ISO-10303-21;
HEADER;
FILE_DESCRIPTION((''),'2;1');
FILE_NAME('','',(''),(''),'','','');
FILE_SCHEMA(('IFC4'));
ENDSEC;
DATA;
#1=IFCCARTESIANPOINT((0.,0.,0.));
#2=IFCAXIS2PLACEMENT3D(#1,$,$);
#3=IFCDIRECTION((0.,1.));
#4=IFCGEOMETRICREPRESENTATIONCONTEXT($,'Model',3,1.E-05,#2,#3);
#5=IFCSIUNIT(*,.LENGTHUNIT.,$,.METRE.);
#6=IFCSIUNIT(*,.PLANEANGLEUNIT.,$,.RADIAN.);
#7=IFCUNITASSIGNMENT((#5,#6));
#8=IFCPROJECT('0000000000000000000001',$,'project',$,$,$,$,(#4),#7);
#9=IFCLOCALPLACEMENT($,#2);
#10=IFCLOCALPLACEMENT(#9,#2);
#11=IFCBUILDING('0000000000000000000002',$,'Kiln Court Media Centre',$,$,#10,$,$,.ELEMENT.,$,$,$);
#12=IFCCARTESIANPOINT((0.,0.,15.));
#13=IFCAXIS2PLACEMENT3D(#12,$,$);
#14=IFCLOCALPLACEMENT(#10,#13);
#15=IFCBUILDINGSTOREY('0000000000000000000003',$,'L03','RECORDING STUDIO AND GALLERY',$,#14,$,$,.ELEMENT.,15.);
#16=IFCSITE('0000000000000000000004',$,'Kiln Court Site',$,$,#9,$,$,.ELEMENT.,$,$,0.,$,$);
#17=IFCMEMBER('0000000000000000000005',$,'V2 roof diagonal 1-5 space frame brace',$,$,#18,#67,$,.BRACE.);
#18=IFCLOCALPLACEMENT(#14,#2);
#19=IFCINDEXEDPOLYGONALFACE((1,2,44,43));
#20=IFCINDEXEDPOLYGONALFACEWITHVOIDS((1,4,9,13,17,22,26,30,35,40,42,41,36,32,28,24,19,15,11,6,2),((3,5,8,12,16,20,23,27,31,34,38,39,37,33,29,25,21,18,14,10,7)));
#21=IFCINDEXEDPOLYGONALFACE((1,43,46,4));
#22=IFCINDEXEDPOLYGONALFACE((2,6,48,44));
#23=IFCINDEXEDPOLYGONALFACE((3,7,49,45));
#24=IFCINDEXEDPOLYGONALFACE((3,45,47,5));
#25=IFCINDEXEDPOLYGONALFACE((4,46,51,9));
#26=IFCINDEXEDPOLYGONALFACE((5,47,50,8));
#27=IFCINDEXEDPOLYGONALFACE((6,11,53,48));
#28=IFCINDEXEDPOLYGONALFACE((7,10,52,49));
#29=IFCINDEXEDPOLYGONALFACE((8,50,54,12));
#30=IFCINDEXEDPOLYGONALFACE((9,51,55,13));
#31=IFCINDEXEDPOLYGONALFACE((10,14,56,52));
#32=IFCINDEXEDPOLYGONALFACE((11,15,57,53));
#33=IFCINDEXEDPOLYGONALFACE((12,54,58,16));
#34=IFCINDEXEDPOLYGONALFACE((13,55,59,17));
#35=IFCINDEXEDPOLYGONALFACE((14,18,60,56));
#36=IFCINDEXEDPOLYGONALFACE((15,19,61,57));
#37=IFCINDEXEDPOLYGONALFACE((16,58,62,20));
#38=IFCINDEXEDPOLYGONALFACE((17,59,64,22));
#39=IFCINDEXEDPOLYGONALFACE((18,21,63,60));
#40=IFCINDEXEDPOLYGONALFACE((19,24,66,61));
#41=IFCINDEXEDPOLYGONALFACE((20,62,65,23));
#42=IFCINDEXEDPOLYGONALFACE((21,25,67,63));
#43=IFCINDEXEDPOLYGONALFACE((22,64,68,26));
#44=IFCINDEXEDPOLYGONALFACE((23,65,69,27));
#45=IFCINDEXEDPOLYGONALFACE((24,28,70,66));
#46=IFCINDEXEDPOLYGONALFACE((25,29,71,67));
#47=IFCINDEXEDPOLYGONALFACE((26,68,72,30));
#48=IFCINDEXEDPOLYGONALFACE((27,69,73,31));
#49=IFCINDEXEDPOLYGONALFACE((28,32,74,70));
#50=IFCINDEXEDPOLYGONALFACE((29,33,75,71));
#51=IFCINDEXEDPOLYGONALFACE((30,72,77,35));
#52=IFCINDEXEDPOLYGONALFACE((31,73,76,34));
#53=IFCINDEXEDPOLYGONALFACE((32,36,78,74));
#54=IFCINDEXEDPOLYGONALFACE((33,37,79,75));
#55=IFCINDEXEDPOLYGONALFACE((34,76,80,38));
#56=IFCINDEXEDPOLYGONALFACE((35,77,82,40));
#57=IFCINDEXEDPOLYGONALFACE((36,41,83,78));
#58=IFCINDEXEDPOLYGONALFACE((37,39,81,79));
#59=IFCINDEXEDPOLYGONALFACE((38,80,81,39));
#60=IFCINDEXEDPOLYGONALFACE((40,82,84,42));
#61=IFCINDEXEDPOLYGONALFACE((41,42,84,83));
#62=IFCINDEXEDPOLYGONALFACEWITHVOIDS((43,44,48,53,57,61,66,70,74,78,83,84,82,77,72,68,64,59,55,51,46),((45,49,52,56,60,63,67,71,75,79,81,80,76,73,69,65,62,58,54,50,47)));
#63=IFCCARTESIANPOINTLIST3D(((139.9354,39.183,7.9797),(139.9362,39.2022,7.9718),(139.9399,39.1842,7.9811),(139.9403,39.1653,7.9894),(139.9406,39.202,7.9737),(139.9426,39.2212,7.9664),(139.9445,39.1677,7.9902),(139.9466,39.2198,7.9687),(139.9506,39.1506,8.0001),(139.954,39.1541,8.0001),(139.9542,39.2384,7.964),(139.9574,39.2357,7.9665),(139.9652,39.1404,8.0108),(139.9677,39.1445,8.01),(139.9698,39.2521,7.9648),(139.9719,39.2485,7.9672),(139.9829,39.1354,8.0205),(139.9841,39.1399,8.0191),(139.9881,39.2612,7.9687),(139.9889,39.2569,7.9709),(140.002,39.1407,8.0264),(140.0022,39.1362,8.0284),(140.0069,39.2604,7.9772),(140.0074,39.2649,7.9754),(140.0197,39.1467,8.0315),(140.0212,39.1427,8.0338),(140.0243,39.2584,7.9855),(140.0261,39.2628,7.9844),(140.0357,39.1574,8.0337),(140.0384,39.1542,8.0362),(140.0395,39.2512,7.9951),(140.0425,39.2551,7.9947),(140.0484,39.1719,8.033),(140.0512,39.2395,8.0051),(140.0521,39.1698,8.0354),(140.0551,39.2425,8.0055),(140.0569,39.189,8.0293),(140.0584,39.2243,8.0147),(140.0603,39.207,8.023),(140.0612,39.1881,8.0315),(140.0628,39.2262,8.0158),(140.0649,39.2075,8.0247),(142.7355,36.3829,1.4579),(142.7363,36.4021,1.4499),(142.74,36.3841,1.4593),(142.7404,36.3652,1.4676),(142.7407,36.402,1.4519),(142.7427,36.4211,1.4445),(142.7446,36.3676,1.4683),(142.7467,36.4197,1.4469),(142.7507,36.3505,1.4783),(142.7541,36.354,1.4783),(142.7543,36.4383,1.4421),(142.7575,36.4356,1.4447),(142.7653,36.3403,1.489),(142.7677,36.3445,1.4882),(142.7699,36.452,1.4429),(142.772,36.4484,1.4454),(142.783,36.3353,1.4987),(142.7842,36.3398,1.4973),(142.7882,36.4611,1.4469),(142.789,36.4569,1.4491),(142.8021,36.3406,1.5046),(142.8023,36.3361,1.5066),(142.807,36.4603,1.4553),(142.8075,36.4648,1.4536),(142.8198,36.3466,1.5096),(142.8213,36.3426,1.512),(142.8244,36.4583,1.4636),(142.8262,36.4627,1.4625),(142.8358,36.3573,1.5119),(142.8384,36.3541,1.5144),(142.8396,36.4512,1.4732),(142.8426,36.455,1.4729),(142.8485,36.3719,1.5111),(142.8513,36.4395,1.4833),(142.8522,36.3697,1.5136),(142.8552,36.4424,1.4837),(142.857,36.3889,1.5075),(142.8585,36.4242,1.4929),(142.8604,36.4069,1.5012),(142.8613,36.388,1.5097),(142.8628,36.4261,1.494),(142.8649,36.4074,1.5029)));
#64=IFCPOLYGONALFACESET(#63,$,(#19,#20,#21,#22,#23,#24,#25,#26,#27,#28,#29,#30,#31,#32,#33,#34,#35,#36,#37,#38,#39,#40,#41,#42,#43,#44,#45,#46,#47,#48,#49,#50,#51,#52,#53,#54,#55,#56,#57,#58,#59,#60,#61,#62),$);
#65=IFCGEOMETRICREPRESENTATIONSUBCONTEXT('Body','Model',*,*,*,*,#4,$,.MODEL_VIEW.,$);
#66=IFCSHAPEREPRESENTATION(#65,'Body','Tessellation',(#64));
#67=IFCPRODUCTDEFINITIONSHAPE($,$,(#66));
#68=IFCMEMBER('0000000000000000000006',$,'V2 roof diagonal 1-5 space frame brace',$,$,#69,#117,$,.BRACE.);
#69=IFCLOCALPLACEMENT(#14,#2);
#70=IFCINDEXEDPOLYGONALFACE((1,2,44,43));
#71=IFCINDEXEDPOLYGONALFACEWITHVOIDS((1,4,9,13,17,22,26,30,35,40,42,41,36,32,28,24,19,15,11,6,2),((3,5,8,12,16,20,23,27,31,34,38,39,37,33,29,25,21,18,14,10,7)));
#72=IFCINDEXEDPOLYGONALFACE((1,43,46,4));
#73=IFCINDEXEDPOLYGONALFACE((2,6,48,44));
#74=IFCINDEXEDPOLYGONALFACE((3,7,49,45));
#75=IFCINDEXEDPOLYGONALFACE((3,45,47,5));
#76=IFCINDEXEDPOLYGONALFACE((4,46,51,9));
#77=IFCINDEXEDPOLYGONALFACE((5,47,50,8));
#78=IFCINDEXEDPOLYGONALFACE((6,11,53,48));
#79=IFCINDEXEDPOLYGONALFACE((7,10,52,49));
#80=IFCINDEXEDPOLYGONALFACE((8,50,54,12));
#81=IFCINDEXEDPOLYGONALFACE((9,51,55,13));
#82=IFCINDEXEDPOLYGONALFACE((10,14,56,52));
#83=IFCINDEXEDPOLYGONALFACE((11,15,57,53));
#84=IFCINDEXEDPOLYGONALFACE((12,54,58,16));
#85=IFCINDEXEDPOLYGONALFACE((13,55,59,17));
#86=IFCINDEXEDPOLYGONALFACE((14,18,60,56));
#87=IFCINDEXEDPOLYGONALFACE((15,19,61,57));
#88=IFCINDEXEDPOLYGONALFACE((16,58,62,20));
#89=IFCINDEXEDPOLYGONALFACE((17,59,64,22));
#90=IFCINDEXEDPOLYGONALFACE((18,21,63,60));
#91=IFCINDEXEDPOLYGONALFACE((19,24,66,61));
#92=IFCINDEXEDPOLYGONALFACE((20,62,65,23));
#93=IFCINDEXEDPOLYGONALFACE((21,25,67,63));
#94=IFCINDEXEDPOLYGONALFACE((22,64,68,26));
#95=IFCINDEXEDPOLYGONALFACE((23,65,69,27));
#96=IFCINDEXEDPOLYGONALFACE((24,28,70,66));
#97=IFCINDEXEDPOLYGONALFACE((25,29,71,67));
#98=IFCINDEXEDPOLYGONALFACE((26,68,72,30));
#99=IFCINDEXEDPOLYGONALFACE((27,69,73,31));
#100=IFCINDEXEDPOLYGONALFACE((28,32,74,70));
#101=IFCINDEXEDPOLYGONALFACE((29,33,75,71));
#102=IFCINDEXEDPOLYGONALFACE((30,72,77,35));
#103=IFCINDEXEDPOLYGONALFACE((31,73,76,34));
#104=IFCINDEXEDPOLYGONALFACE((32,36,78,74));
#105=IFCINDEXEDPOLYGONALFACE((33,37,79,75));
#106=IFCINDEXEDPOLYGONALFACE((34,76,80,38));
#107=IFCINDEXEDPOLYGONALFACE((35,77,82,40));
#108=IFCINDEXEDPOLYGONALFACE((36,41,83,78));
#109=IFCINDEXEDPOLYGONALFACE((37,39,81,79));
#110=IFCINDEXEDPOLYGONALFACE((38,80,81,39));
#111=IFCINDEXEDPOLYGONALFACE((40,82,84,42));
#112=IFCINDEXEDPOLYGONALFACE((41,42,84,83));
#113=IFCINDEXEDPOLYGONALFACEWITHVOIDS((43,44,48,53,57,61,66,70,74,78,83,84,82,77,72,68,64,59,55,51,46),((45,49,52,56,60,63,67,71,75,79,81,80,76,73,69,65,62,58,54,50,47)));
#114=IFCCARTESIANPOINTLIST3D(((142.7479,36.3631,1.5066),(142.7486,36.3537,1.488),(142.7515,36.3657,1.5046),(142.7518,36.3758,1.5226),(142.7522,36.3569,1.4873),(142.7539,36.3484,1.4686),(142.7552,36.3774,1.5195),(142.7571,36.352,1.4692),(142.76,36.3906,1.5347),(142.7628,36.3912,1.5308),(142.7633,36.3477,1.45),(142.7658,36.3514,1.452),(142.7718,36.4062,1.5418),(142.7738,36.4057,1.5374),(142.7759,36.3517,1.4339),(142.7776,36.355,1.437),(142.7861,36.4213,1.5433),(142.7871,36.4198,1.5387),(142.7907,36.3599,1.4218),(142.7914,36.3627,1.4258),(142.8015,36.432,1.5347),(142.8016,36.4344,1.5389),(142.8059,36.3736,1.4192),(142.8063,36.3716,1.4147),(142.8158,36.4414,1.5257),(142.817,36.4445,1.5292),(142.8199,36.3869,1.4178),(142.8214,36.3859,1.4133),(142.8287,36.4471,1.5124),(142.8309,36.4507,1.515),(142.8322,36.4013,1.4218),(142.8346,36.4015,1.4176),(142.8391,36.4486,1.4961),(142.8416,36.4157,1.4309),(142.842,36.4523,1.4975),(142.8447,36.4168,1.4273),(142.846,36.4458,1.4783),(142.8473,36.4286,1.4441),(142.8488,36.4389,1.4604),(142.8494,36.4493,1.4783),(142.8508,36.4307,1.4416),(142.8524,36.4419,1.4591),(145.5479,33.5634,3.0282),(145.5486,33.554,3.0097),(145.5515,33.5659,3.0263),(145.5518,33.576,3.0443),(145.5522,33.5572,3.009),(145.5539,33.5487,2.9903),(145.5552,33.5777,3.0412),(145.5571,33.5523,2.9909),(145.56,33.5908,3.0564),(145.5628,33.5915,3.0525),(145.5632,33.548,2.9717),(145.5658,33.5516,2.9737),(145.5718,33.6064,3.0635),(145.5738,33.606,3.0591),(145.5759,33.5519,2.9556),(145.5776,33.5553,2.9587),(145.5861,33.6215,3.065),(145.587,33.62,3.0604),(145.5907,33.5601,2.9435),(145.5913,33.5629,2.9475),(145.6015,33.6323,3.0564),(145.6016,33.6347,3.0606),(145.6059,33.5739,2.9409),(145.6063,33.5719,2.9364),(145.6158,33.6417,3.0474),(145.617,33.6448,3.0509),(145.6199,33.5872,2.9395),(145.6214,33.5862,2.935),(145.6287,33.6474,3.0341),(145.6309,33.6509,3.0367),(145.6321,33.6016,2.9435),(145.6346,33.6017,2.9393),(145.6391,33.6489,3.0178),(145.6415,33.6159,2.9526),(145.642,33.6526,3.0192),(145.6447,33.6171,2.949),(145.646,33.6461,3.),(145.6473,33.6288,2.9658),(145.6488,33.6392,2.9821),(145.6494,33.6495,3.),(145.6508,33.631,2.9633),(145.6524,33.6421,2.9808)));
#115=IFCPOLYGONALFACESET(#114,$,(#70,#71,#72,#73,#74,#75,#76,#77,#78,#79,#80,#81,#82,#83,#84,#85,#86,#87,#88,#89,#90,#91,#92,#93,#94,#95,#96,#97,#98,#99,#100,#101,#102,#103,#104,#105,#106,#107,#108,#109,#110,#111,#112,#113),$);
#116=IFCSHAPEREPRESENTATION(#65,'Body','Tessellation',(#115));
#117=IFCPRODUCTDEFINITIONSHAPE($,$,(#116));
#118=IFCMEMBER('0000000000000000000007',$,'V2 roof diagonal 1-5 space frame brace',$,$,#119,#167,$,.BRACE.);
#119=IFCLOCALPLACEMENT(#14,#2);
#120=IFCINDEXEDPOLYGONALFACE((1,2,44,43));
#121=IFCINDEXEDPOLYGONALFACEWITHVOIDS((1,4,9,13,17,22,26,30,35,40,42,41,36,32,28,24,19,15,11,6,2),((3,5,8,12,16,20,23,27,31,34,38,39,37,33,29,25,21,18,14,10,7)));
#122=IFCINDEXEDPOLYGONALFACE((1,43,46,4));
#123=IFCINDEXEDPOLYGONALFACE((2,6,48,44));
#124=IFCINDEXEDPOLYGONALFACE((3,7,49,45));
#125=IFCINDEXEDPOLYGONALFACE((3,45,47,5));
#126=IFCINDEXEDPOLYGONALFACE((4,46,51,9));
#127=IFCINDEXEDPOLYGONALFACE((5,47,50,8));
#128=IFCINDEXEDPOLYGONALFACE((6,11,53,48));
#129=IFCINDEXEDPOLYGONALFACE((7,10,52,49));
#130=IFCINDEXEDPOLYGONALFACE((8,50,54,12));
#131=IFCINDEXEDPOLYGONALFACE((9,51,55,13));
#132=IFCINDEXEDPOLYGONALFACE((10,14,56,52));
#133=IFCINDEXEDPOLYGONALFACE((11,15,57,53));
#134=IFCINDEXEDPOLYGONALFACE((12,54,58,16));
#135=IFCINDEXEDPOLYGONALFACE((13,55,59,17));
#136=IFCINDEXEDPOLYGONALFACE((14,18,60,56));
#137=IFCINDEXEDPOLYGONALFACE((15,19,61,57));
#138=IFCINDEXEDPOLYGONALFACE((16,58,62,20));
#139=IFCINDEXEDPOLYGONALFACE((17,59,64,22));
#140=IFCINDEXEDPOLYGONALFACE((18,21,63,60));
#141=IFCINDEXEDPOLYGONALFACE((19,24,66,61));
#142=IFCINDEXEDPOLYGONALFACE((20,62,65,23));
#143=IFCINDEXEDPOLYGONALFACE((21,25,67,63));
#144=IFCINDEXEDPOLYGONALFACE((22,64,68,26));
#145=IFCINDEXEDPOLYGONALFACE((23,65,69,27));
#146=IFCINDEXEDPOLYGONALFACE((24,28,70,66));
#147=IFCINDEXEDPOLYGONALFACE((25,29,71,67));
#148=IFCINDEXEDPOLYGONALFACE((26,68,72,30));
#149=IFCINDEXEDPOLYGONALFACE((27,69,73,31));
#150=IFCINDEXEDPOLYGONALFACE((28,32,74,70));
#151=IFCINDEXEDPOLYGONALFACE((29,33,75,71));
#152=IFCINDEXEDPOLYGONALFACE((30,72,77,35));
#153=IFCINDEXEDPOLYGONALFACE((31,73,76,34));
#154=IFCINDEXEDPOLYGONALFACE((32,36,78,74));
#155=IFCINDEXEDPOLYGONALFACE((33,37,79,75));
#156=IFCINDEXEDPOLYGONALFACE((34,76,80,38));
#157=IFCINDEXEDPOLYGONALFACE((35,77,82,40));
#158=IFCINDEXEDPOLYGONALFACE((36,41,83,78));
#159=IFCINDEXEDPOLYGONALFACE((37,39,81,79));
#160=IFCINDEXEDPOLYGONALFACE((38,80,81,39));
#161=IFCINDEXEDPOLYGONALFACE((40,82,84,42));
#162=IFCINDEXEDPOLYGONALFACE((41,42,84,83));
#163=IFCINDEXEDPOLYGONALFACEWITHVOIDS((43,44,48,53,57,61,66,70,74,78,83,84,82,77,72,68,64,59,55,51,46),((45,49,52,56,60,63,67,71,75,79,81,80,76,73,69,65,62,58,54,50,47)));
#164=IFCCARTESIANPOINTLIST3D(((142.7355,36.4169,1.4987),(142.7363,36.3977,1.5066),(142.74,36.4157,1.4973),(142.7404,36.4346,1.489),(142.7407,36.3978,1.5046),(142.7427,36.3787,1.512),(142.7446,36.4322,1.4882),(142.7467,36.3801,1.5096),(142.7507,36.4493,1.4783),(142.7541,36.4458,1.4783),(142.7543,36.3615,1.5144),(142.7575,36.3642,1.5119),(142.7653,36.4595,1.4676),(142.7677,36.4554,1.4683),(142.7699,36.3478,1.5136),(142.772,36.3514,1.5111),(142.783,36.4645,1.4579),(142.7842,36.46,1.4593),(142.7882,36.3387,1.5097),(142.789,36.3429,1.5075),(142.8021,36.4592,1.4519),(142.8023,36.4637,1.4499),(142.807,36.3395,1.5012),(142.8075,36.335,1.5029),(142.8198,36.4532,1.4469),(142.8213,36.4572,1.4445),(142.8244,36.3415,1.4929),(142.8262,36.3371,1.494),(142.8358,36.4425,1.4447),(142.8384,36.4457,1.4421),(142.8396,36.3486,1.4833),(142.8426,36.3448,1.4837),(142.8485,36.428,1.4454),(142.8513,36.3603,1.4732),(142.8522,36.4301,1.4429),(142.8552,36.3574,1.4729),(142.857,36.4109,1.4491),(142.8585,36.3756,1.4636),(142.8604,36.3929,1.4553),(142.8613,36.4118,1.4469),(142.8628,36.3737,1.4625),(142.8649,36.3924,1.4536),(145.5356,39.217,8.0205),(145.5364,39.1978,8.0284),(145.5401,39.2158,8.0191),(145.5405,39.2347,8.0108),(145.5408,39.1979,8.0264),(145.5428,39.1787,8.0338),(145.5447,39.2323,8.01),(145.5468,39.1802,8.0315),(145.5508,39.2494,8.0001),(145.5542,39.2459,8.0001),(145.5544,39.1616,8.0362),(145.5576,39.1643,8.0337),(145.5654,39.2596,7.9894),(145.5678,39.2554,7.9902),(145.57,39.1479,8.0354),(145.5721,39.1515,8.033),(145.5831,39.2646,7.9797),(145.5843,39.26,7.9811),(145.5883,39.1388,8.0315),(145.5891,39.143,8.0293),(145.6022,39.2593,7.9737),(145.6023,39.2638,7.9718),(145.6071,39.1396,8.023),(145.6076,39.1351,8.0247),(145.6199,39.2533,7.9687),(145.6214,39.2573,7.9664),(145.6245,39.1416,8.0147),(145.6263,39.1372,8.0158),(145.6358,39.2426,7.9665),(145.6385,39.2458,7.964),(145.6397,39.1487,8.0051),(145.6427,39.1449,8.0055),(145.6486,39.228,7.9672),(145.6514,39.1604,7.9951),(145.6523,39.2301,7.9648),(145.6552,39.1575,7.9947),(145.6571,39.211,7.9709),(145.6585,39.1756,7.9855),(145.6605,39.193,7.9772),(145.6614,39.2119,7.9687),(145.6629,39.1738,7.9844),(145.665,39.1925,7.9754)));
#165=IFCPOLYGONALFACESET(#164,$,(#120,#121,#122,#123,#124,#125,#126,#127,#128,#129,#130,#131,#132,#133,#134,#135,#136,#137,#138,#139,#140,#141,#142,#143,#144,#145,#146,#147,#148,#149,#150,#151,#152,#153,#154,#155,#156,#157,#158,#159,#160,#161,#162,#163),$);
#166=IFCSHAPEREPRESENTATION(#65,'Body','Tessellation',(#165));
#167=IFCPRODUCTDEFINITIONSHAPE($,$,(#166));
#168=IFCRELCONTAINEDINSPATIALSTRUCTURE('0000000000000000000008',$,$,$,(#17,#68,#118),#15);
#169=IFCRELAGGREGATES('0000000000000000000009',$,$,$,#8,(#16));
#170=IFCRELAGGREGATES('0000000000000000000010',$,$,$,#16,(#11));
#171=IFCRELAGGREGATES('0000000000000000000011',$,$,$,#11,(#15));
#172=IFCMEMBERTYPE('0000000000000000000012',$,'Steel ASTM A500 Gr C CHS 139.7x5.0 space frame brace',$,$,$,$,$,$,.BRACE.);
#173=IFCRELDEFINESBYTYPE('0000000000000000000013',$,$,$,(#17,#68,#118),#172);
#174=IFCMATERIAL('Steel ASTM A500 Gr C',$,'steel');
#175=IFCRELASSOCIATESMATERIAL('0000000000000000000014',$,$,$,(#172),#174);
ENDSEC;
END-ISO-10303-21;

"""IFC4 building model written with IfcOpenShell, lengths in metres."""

from ifc_helpers import new_model, si_unit, direction, frame, origin, origin_2d, place, context, subcontext, project, spatial, hollow_circle, extrude, material, material_profile, profile_set, type_object, element, save


model = new_model("IFC4")

# Units and contexts
model_context = context("Model", 3, precision=1e-05, world=origin(), true_north=direction((0.0, 1.0)))
body_context = subcontext(model_context, "Body", "Model", "MODEL_VIEW")
ifc_project = project(units=[si_unit("LENGTHUNIT", "METRE"), si_unit("PLANEANGLEUNIT", "RADIAN")], contexts=[model_context])

# Site, building, storey
site_placement = place(None, origin())
site = spatial("IfcSite", under=ifc_project, at=site_placement, Name="Kiln Court Site", CompositionType="ELEMENT", RefElevation=0.0)
building_placement = place(site_placement, origin())
building = spatial("IfcBuilding", under=site, at=building_placement, Name="Kiln Court Media Centre", CompositionType="ELEMENT")
storey_placement = place(building_placement, frame((0.0, 0.0, 15.0)))
storey = spatial("IfcBuildingStorey", under=building, at=storey_placement, Name="L03", Description="RECORDING STUDIO AND GALLERY", CompositionType="ELEMENT", Elevation=15.0)

# Members
ifc_material_1 = material(Name="Steel ASTM A500 Gr C", Category="steel")
ifc_material_profile_1 = material_profile(ifc_material_1, hollow_circle(Radius=0.0698, WallThickness=0.0049, at=origin_2d()), Name="CHS 139.7x5.0")
ifc_profile_set_1 = profile_set([ifc_material_profile_1], Name="Steel ASTM A500 Gr C")
member_type_1 = type_object("IfcMemberType", Name="Steel ASTM A500 Gr C CHS 139.7x5.0 space frame brace", PredefinedType="BRACE", material=ifc_profile_set_1)
member_1_placement = place(storey_placement, frame((142.8, 36.3999, 1.4783), z_axis=(-0.36699, 0.36699, 0.854773), x_axis=(-0.707107, -0.707107, 0.0)))
element("IfcMember", 1, at=member_1_placement, inside=storey, type_object=member_type_1, Name="V2 roof diagonal 1-5 space frame brace", PredefinedType="BRACE", context=body_context, shape_type="SweptSolid", body=[
    extrude(hollow_circle(Radius=0.0698, WallThickness=0.0049, at=origin_2d()), origin(), (0.0, 0.0, 1.0), 7.6299),
])
member_2_placement = place(storey_placement, frame((142.8, 36.3999, 1.4783), z_axis=(0.660073, -0.660015, 0.358726), x_axis=(0.707076, 0.707138, 0.0)))
element("IfcMember", 2, at=member_2_placement, inside=storey, type_object=member_type_1, Name="V2 roof diagonal 1-5 space frame brace", PredefinedType="BRACE", context=body_context, shape_type="SweptSolid", body=[
    extrude(hollow_circle(Radius=0.0698, WallThickness=0.0049, at=origin_2d()), origin(), (0.0, 0.0, 1.0), 4.2419),
])
member_3_placement = place(storey_placement, frame((142.8, 36.3999, 1.4783), z_axis=(0.36699, 0.36699, 0.854773), x_axis=(-0.707107, 0.707107, 0.0)))
element("IfcMember", 3, at=member_3_placement, inside=storey, type_object=member_type_1, Name="V2 roof diagonal 1-5 space frame brace", PredefinedType="BRACE", context=body_context, shape_type="SweptSolid", body=[
    extrude(hollow_circle(Radius=0.0698, WallThickness=0.0049, at=origin_2d()), origin(), (0.0, 0.0, 1.0), 7.6299),
])

save(model, "model.ifc")
